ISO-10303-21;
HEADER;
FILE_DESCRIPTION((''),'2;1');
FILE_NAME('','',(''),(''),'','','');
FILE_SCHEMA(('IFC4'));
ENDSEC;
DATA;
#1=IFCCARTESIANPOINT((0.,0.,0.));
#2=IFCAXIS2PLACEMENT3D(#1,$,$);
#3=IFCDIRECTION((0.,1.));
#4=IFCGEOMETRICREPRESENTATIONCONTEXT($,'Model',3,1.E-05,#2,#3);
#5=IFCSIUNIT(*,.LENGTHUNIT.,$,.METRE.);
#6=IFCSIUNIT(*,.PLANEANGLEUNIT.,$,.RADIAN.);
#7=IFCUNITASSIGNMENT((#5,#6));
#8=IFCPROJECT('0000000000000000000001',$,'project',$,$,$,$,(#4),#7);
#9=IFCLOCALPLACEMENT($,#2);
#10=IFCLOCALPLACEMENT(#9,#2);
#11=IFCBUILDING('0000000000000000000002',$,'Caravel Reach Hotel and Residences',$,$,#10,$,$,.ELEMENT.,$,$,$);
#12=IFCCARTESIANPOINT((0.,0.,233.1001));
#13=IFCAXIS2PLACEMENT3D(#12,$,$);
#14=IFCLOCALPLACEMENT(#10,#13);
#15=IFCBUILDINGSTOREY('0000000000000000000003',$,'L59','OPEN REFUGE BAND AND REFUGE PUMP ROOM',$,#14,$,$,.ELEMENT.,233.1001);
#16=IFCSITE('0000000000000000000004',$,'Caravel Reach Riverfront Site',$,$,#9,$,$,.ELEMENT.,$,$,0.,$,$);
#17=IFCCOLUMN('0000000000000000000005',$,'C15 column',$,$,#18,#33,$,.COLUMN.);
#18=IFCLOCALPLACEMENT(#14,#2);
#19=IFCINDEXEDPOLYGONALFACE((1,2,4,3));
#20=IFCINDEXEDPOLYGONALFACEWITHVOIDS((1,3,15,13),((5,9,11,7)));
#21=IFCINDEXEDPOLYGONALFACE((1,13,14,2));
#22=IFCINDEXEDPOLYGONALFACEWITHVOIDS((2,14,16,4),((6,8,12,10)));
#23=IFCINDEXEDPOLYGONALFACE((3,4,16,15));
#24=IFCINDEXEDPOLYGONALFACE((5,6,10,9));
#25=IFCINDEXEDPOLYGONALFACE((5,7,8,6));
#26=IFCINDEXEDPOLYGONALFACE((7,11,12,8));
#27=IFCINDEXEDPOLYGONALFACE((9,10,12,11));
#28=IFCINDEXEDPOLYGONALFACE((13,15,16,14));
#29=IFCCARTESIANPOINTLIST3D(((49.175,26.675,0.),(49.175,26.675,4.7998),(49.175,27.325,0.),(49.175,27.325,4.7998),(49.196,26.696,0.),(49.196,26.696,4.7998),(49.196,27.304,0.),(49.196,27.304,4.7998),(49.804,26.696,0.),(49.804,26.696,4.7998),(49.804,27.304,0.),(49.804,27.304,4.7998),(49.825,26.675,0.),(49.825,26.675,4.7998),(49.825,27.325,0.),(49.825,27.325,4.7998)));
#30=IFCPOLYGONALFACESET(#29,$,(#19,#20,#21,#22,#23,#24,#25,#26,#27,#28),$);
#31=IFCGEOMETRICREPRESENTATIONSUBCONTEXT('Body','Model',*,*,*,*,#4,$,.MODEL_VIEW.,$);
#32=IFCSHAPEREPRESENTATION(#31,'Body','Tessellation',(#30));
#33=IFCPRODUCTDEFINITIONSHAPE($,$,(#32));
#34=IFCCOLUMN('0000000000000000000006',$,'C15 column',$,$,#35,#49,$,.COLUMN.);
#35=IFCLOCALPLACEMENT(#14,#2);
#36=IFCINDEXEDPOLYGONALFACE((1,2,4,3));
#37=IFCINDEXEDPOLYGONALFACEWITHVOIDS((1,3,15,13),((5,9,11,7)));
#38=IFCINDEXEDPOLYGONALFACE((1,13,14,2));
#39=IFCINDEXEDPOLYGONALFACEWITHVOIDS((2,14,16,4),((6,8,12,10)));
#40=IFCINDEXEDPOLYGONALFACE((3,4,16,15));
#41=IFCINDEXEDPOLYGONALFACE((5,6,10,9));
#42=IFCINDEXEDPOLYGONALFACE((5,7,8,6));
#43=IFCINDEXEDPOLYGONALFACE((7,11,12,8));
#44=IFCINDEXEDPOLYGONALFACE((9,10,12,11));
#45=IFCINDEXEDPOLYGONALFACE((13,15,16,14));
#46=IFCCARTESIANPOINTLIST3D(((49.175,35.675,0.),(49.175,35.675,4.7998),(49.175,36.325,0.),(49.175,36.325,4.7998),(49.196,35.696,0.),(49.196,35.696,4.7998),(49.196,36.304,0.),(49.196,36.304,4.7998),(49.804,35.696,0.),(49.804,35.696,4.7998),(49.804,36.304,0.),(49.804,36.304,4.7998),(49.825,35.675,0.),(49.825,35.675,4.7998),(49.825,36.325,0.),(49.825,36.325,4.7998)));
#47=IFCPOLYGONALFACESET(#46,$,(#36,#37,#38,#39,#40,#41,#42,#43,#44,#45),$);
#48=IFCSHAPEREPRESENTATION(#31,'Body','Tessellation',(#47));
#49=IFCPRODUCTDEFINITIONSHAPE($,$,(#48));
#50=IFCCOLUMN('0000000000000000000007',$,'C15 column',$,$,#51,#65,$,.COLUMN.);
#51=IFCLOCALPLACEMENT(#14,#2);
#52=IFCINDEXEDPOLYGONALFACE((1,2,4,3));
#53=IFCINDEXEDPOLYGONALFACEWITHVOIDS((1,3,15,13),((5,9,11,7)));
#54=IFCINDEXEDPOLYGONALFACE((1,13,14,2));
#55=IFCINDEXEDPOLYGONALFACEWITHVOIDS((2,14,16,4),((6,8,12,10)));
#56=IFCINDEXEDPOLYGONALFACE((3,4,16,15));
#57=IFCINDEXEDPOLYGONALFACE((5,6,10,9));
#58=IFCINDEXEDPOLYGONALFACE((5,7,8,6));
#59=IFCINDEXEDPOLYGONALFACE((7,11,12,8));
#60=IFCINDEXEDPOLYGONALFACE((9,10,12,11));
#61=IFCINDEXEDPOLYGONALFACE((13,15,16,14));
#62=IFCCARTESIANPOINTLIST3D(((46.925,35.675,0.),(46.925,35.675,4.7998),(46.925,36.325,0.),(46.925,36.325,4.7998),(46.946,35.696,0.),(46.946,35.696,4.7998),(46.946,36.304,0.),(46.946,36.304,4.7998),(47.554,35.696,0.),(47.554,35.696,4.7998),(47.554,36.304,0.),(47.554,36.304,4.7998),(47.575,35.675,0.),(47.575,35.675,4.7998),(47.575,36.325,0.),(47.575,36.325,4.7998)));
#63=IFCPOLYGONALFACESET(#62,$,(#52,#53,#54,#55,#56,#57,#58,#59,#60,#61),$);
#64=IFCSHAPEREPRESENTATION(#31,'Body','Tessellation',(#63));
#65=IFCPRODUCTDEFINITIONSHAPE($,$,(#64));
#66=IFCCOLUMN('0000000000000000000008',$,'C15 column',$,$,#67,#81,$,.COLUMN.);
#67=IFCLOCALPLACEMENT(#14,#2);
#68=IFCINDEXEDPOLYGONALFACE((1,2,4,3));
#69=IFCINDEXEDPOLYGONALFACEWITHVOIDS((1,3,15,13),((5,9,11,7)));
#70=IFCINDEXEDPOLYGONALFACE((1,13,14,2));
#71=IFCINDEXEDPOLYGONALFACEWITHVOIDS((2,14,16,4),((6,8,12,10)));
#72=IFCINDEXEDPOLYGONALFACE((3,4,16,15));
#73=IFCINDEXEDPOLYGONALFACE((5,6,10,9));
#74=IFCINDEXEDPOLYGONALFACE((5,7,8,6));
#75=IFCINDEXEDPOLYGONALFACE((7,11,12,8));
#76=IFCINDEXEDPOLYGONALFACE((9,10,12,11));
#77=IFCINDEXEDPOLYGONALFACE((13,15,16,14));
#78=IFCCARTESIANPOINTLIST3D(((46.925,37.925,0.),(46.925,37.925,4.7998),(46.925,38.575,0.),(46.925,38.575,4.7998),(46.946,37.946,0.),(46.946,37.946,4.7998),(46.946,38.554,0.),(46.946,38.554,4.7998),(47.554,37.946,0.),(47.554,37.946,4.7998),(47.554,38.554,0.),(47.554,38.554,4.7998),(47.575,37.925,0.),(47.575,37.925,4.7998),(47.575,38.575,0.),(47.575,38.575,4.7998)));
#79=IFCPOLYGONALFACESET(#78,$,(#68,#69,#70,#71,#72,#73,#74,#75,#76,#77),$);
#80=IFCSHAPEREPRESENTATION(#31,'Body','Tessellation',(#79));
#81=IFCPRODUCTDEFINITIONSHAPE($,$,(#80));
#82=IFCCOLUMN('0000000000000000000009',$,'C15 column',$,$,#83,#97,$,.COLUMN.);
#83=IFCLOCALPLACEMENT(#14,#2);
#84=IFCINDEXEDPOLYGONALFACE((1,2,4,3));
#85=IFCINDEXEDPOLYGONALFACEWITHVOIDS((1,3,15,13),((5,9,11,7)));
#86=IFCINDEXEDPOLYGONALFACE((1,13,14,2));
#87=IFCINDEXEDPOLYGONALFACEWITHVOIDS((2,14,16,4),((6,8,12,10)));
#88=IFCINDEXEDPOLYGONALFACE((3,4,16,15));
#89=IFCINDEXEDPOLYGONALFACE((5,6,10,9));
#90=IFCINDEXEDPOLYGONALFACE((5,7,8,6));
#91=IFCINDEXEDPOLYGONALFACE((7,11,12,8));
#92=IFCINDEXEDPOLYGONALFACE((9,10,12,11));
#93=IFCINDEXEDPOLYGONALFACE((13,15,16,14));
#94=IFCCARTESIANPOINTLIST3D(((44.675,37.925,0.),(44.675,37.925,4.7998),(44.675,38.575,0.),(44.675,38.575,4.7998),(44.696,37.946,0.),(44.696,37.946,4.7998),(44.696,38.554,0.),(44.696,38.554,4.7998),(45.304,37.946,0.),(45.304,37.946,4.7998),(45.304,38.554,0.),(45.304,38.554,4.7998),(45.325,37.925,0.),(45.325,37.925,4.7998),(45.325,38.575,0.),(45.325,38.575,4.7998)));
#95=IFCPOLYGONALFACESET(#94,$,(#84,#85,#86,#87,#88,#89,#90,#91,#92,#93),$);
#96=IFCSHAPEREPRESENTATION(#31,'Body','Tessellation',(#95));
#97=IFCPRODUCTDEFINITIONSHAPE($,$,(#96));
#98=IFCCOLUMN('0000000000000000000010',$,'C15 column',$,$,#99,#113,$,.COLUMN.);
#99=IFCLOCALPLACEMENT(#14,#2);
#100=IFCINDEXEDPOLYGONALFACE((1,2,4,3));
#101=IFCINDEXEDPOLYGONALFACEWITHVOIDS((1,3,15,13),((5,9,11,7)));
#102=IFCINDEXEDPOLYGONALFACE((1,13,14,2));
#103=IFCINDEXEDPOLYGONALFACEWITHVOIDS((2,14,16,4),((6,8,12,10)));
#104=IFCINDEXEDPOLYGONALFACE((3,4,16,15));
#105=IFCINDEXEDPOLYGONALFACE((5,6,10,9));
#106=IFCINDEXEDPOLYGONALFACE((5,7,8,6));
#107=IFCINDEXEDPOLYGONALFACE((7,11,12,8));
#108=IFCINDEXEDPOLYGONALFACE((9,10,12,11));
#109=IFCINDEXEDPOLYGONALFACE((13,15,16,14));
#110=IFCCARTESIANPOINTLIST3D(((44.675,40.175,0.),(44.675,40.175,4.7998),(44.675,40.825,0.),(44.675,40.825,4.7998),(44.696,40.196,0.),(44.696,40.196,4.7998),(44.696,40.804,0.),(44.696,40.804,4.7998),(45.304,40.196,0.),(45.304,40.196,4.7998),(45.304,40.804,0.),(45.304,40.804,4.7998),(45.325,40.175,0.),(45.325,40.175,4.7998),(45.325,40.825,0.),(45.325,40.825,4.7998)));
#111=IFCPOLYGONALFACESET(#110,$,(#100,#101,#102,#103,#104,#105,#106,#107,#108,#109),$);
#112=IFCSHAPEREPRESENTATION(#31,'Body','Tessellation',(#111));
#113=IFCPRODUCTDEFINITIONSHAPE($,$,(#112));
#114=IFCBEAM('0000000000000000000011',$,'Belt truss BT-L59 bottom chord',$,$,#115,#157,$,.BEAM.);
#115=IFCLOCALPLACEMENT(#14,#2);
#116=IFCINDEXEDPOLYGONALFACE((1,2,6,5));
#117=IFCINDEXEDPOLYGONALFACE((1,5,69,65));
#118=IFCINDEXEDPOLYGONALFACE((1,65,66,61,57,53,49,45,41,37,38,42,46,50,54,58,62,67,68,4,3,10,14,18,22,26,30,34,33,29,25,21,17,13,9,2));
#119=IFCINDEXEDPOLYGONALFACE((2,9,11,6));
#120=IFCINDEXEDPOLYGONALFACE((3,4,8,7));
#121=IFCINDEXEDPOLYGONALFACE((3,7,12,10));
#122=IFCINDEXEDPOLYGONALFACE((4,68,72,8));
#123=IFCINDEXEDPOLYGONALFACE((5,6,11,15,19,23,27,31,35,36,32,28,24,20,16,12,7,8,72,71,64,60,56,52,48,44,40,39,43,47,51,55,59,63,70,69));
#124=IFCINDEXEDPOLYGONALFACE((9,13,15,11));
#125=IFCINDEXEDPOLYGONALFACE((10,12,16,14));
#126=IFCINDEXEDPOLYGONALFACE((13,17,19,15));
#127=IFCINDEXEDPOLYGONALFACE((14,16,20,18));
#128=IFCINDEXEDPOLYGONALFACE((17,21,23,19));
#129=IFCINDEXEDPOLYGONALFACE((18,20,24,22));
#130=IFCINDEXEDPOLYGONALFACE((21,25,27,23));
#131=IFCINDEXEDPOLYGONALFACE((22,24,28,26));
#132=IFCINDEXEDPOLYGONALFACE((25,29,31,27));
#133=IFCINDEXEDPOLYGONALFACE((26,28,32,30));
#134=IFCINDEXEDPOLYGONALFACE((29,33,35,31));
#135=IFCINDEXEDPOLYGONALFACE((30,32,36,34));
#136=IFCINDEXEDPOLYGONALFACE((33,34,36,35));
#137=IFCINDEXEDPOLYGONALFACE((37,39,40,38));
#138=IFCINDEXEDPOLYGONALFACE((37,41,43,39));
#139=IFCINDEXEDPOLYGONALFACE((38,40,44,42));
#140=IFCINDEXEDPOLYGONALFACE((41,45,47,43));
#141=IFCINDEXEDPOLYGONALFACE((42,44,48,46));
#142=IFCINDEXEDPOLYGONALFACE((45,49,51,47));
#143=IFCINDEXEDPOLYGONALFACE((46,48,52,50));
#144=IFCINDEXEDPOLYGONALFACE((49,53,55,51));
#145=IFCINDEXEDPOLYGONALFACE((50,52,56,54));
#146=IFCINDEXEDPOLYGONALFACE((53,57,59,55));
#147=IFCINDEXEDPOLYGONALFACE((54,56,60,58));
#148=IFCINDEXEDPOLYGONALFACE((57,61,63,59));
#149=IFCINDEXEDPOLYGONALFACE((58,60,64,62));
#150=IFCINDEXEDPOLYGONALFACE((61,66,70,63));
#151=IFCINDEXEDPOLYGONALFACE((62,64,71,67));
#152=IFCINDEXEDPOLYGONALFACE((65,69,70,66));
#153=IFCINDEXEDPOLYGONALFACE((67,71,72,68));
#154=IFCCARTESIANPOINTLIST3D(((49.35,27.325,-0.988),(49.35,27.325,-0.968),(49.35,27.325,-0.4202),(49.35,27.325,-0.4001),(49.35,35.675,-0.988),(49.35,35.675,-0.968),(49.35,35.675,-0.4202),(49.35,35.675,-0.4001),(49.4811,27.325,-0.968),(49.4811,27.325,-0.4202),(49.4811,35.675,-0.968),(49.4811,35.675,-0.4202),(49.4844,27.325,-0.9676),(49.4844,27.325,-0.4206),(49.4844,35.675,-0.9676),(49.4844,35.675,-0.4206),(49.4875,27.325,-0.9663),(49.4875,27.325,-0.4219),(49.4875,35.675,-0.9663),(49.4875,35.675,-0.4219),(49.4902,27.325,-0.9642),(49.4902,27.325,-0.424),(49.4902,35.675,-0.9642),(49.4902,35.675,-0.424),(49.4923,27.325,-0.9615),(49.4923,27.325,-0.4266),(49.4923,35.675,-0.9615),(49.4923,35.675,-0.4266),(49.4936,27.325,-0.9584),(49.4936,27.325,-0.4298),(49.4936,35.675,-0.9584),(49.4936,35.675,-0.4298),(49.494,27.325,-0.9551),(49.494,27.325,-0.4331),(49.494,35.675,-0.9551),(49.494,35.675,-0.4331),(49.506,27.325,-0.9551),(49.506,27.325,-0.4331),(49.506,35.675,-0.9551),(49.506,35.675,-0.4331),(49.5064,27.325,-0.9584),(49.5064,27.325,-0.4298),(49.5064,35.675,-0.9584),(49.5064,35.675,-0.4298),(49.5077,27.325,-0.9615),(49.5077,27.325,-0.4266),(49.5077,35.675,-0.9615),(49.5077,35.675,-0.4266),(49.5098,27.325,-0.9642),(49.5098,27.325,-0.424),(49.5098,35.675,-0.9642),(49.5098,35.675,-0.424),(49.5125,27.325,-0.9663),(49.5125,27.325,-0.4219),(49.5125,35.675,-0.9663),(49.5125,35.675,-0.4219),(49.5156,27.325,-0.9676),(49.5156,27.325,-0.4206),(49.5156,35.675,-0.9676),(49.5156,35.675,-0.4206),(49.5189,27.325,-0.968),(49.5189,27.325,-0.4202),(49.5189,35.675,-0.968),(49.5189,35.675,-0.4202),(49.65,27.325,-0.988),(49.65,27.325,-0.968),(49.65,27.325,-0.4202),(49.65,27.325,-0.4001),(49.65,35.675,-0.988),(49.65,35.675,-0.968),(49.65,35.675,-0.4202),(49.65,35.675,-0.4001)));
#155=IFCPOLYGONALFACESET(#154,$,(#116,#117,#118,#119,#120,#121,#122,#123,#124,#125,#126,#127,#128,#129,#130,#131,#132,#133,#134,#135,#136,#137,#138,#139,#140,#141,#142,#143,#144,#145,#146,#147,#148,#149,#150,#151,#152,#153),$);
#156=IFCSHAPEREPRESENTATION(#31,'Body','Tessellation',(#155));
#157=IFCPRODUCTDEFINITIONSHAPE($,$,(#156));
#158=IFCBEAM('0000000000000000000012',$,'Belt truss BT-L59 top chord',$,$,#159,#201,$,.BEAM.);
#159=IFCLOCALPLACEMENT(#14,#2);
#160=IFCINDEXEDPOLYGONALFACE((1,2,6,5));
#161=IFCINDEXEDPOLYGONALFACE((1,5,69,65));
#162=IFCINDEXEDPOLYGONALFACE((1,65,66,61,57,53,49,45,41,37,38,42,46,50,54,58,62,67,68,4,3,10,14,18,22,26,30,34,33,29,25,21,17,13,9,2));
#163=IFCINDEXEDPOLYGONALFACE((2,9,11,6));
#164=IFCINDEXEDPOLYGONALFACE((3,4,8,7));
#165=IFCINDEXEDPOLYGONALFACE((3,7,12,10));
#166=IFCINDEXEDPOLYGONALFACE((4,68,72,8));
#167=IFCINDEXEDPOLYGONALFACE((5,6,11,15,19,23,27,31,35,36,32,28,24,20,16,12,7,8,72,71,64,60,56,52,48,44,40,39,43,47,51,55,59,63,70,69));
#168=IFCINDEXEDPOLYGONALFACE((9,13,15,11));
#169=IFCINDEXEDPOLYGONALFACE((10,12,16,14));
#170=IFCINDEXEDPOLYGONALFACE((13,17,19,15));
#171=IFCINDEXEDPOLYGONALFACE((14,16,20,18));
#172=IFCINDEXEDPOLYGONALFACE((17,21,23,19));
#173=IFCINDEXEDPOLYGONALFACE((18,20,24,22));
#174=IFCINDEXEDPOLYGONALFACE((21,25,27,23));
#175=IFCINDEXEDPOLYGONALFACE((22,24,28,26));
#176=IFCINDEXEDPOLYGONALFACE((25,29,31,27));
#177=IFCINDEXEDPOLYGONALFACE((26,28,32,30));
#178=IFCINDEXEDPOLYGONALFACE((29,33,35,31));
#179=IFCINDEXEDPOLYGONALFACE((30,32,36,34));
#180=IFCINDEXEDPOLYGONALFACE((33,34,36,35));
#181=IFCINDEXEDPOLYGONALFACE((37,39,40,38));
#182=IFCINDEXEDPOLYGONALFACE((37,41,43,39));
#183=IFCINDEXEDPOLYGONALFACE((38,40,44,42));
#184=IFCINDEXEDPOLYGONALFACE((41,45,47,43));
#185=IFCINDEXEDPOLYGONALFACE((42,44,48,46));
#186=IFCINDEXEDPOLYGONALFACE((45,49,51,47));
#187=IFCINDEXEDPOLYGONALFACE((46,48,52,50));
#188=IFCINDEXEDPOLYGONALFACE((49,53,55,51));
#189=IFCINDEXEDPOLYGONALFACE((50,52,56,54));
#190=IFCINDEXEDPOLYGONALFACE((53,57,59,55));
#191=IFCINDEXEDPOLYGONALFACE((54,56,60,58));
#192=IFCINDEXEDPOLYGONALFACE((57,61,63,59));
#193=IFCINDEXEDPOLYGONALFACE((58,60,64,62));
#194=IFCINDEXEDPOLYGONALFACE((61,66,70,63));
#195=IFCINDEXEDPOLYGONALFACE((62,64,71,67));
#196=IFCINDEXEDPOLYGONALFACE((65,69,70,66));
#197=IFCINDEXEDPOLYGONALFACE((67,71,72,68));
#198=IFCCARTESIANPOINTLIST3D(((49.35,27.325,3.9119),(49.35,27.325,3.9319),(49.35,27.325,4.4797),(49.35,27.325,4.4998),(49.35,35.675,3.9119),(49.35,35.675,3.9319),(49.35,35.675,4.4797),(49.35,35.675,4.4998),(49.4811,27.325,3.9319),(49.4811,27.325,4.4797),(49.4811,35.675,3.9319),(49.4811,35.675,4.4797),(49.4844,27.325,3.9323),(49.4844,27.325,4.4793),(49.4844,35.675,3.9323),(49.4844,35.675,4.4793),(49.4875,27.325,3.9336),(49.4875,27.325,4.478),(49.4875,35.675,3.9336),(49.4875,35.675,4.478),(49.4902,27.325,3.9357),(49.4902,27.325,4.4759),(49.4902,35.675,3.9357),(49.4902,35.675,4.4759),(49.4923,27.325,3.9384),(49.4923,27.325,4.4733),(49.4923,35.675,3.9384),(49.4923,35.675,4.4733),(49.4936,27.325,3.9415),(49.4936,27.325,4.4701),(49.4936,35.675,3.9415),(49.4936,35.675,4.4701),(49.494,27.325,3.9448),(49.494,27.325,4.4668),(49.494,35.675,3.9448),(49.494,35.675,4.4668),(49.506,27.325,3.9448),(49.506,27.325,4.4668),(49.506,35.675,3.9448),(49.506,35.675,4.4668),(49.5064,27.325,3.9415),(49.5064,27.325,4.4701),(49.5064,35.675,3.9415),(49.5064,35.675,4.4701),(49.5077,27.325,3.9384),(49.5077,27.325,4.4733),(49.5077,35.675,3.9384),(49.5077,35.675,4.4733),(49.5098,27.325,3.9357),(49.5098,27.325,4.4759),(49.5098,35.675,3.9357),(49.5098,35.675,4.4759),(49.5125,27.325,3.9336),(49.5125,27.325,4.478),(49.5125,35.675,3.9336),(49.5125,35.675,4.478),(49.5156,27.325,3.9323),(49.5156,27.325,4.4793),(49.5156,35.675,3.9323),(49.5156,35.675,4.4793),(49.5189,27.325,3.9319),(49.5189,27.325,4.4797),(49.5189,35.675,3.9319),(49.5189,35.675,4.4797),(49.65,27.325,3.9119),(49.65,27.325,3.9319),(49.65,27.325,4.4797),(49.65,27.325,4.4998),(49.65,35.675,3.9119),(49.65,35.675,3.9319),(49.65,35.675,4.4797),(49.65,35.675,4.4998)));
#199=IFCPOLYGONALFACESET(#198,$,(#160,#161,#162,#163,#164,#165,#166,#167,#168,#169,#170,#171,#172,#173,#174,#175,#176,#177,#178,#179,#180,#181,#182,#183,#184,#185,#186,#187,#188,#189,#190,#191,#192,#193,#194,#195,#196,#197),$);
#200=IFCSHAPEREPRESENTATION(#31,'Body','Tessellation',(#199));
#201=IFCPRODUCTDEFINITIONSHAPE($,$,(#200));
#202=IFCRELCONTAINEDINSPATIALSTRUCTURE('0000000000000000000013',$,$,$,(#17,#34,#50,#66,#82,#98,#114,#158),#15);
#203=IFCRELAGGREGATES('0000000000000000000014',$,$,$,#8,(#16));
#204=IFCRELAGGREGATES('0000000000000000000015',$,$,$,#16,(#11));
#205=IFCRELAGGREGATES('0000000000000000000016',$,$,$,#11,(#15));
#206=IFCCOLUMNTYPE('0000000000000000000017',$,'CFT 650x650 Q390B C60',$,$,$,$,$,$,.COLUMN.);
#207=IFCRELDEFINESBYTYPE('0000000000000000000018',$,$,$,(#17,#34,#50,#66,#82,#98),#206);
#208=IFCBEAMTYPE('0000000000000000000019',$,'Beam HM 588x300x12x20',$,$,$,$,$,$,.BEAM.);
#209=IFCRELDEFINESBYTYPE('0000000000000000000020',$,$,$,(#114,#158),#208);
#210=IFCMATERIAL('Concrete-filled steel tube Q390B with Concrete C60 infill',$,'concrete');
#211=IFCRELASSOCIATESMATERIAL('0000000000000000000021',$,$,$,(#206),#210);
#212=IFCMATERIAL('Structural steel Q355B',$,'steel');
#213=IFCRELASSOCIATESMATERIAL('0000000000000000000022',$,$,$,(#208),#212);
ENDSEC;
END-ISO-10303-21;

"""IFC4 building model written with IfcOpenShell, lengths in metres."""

from ifc_helpers import new_model, si_unit, direction, frame, origin, origin_2d, place, context, subcontext, project, spatial, hollow_rectangle, i_section, extrude, material, material_profile, profile_set, type_object, element, save


model = new_model("IFC4")

# Units and contexts
model_context = context("Model", 3, precision=1e-05, world=origin(), true_north=direction((0.0, 1.0)))
body_context = subcontext(model_context, "Body", "Model", "MODEL_VIEW")
ifc_project = project(units=[si_unit("LENGTHUNIT", "METRE"), si_unit("PLANEANGLEUNIT", "RADIAN")], contexts=[model_context])

# Site, building, storey
site_placement = place(None, origin())
site = spatial("IfcSite", under=ifc_project, at=site_placement, Name="Caravel Reach Riverfront Site", CompositionType="ELEMENT", RefElevation=0.0)
building_placement = place(site_placement, origin())
building = spatial("IfcBuilding", under=site, at=building_placement, Name="Caravel Reach Hotel and Residences", CompositionType="ELEMENT")
storey_placement = place(building_placement, frame((0.0, 0.0, 233.1001)))
storey = spatial("IfcBuildingStorey", under=building, at=storey_placement, Name="L59", Description="OPEN REFUGE BAND AND REFUGE PUMP ROOM", CompositionType="ELEMENT", Elevation=233.1001)

# Columns
ifc_material_1 = material(Name="Concrete-filled steel tube Q390B with Concrete C60 infill", Category="concrete")
ifc_material_profile_1 = material_profile(ifc_material_1, hollow_rectangle(XDim=0.6499, YDim=0.6499, WallThickness=0.021, at=origin_2d()), Name="RHS 650x650x21")
ifc_profile_set_1 = profile_set([ifc_material_profile_1], Name="Concrete-filled steel tube Q390B with Concrete C60 infill")
column_type = type_object("IfcColumnType", Name="CFT 650x650 Q390B C60", PredefinedType="COLUMN", material=ifc_profile_set_1)
for number, where, z_axis, x_axis, name in (
    (1, (49.5, 27.0, 0.0), (0.0, 0.0, 1.0), (1.0, 0.0, 0.0), "C15 column"),
    (2, (49.5, 36.0, 0.0), (0.0, 0.0, 1.0), (1.0, 0.0, 0.0), "C15 column"),
    (3, (47.25, 36.0, 0.0), (0.0, 0.0, 1.0), (1.0, 0.0, 0.0), "C15 column"),
    (4, (47.25, 38.25, 0.0), (0.0, 0.0, 1.0), (1.0, 0.0, 0.0), "C15 column"),
    (5, (45.0, 38.25, 0.0), (0.0, 0.0, 1.0), (1.0, 0.0, 0.0), "C15 column"),
    (6, (45.0, 40.5, 0.0), (0.0, 0.0, 1.0), (1.0, 0.0, 0.0), "C15 column"),
):
    element("IfcColumn", number, at=place(storey_placement, frame(where, z_axis=z_axis, x_axis=x_axis)), inside=storey, type_object=column_type, Name=name, PredefinedType="COLUMN", context=body_context, shape_type="SweptSolid", body=[
        extrude(hollow_rectangle(XDim=0.6499, YDim=0.6499, WallThickness=0.021, at=origin_2d()), origin(), (0.0, 0.0, 1.0), 4.7998),
    ])

# Beams
ifc_material_2 = material(Name="Structural steel Q355B", Category="steel")
ifc_material_profile_2 = material_profile(ifc_material_2, i_section(OverallWidth=0.3, OverallDepth=0.5879, WebThickness=0.012, FlangeThickness=0.02, FilletRadius=0.0129, at=origin_2d()), Name="HM 588x300x12x20")
ifc_profile_set_2 = profile_set([ifc_material_profile_2], Name="Structural steel Q355B")
beam_type = type_object("IfcBeamType", Name="Beam HM 588x300x12x20", PredefinedType="BEAM", material=ifc_profile_set_2)
for number, where, z_axis, x_axis, name in (
    (7, (49.5, 27.325, -0.6941), (0.0, 1.0, 0.0), (-1.0, 0.0, 0.0), "Belt truss BT-L59 bottom chord"),
    (8, (49.5, 27.325, 4.2058), (0.0, 1.0, 0.0), (-1.0, 0.0, 0.0), "Belt truss BT-L59 top chord"),
):
    element("IfcBeam", number, at=place(storey_placement, frame(where, z_axis=z_axis, x_axis=x_axis)), inside=storey, type_object=beam_type, Name=name, PredefinedType="BEAM", context=body_context, shape_type="SweptSolid", body=[
        extrude(i_section(OverallWidth=0.3, OverallDepth=0.5879, WebThickness=0.012, FlangeThickness=0.02, FilletRadius=0.0129, at=origin_2d()), origin(), (0.0, 0.0, 1.0), 8.3501),
    ])

save(model, "model.ifc")
